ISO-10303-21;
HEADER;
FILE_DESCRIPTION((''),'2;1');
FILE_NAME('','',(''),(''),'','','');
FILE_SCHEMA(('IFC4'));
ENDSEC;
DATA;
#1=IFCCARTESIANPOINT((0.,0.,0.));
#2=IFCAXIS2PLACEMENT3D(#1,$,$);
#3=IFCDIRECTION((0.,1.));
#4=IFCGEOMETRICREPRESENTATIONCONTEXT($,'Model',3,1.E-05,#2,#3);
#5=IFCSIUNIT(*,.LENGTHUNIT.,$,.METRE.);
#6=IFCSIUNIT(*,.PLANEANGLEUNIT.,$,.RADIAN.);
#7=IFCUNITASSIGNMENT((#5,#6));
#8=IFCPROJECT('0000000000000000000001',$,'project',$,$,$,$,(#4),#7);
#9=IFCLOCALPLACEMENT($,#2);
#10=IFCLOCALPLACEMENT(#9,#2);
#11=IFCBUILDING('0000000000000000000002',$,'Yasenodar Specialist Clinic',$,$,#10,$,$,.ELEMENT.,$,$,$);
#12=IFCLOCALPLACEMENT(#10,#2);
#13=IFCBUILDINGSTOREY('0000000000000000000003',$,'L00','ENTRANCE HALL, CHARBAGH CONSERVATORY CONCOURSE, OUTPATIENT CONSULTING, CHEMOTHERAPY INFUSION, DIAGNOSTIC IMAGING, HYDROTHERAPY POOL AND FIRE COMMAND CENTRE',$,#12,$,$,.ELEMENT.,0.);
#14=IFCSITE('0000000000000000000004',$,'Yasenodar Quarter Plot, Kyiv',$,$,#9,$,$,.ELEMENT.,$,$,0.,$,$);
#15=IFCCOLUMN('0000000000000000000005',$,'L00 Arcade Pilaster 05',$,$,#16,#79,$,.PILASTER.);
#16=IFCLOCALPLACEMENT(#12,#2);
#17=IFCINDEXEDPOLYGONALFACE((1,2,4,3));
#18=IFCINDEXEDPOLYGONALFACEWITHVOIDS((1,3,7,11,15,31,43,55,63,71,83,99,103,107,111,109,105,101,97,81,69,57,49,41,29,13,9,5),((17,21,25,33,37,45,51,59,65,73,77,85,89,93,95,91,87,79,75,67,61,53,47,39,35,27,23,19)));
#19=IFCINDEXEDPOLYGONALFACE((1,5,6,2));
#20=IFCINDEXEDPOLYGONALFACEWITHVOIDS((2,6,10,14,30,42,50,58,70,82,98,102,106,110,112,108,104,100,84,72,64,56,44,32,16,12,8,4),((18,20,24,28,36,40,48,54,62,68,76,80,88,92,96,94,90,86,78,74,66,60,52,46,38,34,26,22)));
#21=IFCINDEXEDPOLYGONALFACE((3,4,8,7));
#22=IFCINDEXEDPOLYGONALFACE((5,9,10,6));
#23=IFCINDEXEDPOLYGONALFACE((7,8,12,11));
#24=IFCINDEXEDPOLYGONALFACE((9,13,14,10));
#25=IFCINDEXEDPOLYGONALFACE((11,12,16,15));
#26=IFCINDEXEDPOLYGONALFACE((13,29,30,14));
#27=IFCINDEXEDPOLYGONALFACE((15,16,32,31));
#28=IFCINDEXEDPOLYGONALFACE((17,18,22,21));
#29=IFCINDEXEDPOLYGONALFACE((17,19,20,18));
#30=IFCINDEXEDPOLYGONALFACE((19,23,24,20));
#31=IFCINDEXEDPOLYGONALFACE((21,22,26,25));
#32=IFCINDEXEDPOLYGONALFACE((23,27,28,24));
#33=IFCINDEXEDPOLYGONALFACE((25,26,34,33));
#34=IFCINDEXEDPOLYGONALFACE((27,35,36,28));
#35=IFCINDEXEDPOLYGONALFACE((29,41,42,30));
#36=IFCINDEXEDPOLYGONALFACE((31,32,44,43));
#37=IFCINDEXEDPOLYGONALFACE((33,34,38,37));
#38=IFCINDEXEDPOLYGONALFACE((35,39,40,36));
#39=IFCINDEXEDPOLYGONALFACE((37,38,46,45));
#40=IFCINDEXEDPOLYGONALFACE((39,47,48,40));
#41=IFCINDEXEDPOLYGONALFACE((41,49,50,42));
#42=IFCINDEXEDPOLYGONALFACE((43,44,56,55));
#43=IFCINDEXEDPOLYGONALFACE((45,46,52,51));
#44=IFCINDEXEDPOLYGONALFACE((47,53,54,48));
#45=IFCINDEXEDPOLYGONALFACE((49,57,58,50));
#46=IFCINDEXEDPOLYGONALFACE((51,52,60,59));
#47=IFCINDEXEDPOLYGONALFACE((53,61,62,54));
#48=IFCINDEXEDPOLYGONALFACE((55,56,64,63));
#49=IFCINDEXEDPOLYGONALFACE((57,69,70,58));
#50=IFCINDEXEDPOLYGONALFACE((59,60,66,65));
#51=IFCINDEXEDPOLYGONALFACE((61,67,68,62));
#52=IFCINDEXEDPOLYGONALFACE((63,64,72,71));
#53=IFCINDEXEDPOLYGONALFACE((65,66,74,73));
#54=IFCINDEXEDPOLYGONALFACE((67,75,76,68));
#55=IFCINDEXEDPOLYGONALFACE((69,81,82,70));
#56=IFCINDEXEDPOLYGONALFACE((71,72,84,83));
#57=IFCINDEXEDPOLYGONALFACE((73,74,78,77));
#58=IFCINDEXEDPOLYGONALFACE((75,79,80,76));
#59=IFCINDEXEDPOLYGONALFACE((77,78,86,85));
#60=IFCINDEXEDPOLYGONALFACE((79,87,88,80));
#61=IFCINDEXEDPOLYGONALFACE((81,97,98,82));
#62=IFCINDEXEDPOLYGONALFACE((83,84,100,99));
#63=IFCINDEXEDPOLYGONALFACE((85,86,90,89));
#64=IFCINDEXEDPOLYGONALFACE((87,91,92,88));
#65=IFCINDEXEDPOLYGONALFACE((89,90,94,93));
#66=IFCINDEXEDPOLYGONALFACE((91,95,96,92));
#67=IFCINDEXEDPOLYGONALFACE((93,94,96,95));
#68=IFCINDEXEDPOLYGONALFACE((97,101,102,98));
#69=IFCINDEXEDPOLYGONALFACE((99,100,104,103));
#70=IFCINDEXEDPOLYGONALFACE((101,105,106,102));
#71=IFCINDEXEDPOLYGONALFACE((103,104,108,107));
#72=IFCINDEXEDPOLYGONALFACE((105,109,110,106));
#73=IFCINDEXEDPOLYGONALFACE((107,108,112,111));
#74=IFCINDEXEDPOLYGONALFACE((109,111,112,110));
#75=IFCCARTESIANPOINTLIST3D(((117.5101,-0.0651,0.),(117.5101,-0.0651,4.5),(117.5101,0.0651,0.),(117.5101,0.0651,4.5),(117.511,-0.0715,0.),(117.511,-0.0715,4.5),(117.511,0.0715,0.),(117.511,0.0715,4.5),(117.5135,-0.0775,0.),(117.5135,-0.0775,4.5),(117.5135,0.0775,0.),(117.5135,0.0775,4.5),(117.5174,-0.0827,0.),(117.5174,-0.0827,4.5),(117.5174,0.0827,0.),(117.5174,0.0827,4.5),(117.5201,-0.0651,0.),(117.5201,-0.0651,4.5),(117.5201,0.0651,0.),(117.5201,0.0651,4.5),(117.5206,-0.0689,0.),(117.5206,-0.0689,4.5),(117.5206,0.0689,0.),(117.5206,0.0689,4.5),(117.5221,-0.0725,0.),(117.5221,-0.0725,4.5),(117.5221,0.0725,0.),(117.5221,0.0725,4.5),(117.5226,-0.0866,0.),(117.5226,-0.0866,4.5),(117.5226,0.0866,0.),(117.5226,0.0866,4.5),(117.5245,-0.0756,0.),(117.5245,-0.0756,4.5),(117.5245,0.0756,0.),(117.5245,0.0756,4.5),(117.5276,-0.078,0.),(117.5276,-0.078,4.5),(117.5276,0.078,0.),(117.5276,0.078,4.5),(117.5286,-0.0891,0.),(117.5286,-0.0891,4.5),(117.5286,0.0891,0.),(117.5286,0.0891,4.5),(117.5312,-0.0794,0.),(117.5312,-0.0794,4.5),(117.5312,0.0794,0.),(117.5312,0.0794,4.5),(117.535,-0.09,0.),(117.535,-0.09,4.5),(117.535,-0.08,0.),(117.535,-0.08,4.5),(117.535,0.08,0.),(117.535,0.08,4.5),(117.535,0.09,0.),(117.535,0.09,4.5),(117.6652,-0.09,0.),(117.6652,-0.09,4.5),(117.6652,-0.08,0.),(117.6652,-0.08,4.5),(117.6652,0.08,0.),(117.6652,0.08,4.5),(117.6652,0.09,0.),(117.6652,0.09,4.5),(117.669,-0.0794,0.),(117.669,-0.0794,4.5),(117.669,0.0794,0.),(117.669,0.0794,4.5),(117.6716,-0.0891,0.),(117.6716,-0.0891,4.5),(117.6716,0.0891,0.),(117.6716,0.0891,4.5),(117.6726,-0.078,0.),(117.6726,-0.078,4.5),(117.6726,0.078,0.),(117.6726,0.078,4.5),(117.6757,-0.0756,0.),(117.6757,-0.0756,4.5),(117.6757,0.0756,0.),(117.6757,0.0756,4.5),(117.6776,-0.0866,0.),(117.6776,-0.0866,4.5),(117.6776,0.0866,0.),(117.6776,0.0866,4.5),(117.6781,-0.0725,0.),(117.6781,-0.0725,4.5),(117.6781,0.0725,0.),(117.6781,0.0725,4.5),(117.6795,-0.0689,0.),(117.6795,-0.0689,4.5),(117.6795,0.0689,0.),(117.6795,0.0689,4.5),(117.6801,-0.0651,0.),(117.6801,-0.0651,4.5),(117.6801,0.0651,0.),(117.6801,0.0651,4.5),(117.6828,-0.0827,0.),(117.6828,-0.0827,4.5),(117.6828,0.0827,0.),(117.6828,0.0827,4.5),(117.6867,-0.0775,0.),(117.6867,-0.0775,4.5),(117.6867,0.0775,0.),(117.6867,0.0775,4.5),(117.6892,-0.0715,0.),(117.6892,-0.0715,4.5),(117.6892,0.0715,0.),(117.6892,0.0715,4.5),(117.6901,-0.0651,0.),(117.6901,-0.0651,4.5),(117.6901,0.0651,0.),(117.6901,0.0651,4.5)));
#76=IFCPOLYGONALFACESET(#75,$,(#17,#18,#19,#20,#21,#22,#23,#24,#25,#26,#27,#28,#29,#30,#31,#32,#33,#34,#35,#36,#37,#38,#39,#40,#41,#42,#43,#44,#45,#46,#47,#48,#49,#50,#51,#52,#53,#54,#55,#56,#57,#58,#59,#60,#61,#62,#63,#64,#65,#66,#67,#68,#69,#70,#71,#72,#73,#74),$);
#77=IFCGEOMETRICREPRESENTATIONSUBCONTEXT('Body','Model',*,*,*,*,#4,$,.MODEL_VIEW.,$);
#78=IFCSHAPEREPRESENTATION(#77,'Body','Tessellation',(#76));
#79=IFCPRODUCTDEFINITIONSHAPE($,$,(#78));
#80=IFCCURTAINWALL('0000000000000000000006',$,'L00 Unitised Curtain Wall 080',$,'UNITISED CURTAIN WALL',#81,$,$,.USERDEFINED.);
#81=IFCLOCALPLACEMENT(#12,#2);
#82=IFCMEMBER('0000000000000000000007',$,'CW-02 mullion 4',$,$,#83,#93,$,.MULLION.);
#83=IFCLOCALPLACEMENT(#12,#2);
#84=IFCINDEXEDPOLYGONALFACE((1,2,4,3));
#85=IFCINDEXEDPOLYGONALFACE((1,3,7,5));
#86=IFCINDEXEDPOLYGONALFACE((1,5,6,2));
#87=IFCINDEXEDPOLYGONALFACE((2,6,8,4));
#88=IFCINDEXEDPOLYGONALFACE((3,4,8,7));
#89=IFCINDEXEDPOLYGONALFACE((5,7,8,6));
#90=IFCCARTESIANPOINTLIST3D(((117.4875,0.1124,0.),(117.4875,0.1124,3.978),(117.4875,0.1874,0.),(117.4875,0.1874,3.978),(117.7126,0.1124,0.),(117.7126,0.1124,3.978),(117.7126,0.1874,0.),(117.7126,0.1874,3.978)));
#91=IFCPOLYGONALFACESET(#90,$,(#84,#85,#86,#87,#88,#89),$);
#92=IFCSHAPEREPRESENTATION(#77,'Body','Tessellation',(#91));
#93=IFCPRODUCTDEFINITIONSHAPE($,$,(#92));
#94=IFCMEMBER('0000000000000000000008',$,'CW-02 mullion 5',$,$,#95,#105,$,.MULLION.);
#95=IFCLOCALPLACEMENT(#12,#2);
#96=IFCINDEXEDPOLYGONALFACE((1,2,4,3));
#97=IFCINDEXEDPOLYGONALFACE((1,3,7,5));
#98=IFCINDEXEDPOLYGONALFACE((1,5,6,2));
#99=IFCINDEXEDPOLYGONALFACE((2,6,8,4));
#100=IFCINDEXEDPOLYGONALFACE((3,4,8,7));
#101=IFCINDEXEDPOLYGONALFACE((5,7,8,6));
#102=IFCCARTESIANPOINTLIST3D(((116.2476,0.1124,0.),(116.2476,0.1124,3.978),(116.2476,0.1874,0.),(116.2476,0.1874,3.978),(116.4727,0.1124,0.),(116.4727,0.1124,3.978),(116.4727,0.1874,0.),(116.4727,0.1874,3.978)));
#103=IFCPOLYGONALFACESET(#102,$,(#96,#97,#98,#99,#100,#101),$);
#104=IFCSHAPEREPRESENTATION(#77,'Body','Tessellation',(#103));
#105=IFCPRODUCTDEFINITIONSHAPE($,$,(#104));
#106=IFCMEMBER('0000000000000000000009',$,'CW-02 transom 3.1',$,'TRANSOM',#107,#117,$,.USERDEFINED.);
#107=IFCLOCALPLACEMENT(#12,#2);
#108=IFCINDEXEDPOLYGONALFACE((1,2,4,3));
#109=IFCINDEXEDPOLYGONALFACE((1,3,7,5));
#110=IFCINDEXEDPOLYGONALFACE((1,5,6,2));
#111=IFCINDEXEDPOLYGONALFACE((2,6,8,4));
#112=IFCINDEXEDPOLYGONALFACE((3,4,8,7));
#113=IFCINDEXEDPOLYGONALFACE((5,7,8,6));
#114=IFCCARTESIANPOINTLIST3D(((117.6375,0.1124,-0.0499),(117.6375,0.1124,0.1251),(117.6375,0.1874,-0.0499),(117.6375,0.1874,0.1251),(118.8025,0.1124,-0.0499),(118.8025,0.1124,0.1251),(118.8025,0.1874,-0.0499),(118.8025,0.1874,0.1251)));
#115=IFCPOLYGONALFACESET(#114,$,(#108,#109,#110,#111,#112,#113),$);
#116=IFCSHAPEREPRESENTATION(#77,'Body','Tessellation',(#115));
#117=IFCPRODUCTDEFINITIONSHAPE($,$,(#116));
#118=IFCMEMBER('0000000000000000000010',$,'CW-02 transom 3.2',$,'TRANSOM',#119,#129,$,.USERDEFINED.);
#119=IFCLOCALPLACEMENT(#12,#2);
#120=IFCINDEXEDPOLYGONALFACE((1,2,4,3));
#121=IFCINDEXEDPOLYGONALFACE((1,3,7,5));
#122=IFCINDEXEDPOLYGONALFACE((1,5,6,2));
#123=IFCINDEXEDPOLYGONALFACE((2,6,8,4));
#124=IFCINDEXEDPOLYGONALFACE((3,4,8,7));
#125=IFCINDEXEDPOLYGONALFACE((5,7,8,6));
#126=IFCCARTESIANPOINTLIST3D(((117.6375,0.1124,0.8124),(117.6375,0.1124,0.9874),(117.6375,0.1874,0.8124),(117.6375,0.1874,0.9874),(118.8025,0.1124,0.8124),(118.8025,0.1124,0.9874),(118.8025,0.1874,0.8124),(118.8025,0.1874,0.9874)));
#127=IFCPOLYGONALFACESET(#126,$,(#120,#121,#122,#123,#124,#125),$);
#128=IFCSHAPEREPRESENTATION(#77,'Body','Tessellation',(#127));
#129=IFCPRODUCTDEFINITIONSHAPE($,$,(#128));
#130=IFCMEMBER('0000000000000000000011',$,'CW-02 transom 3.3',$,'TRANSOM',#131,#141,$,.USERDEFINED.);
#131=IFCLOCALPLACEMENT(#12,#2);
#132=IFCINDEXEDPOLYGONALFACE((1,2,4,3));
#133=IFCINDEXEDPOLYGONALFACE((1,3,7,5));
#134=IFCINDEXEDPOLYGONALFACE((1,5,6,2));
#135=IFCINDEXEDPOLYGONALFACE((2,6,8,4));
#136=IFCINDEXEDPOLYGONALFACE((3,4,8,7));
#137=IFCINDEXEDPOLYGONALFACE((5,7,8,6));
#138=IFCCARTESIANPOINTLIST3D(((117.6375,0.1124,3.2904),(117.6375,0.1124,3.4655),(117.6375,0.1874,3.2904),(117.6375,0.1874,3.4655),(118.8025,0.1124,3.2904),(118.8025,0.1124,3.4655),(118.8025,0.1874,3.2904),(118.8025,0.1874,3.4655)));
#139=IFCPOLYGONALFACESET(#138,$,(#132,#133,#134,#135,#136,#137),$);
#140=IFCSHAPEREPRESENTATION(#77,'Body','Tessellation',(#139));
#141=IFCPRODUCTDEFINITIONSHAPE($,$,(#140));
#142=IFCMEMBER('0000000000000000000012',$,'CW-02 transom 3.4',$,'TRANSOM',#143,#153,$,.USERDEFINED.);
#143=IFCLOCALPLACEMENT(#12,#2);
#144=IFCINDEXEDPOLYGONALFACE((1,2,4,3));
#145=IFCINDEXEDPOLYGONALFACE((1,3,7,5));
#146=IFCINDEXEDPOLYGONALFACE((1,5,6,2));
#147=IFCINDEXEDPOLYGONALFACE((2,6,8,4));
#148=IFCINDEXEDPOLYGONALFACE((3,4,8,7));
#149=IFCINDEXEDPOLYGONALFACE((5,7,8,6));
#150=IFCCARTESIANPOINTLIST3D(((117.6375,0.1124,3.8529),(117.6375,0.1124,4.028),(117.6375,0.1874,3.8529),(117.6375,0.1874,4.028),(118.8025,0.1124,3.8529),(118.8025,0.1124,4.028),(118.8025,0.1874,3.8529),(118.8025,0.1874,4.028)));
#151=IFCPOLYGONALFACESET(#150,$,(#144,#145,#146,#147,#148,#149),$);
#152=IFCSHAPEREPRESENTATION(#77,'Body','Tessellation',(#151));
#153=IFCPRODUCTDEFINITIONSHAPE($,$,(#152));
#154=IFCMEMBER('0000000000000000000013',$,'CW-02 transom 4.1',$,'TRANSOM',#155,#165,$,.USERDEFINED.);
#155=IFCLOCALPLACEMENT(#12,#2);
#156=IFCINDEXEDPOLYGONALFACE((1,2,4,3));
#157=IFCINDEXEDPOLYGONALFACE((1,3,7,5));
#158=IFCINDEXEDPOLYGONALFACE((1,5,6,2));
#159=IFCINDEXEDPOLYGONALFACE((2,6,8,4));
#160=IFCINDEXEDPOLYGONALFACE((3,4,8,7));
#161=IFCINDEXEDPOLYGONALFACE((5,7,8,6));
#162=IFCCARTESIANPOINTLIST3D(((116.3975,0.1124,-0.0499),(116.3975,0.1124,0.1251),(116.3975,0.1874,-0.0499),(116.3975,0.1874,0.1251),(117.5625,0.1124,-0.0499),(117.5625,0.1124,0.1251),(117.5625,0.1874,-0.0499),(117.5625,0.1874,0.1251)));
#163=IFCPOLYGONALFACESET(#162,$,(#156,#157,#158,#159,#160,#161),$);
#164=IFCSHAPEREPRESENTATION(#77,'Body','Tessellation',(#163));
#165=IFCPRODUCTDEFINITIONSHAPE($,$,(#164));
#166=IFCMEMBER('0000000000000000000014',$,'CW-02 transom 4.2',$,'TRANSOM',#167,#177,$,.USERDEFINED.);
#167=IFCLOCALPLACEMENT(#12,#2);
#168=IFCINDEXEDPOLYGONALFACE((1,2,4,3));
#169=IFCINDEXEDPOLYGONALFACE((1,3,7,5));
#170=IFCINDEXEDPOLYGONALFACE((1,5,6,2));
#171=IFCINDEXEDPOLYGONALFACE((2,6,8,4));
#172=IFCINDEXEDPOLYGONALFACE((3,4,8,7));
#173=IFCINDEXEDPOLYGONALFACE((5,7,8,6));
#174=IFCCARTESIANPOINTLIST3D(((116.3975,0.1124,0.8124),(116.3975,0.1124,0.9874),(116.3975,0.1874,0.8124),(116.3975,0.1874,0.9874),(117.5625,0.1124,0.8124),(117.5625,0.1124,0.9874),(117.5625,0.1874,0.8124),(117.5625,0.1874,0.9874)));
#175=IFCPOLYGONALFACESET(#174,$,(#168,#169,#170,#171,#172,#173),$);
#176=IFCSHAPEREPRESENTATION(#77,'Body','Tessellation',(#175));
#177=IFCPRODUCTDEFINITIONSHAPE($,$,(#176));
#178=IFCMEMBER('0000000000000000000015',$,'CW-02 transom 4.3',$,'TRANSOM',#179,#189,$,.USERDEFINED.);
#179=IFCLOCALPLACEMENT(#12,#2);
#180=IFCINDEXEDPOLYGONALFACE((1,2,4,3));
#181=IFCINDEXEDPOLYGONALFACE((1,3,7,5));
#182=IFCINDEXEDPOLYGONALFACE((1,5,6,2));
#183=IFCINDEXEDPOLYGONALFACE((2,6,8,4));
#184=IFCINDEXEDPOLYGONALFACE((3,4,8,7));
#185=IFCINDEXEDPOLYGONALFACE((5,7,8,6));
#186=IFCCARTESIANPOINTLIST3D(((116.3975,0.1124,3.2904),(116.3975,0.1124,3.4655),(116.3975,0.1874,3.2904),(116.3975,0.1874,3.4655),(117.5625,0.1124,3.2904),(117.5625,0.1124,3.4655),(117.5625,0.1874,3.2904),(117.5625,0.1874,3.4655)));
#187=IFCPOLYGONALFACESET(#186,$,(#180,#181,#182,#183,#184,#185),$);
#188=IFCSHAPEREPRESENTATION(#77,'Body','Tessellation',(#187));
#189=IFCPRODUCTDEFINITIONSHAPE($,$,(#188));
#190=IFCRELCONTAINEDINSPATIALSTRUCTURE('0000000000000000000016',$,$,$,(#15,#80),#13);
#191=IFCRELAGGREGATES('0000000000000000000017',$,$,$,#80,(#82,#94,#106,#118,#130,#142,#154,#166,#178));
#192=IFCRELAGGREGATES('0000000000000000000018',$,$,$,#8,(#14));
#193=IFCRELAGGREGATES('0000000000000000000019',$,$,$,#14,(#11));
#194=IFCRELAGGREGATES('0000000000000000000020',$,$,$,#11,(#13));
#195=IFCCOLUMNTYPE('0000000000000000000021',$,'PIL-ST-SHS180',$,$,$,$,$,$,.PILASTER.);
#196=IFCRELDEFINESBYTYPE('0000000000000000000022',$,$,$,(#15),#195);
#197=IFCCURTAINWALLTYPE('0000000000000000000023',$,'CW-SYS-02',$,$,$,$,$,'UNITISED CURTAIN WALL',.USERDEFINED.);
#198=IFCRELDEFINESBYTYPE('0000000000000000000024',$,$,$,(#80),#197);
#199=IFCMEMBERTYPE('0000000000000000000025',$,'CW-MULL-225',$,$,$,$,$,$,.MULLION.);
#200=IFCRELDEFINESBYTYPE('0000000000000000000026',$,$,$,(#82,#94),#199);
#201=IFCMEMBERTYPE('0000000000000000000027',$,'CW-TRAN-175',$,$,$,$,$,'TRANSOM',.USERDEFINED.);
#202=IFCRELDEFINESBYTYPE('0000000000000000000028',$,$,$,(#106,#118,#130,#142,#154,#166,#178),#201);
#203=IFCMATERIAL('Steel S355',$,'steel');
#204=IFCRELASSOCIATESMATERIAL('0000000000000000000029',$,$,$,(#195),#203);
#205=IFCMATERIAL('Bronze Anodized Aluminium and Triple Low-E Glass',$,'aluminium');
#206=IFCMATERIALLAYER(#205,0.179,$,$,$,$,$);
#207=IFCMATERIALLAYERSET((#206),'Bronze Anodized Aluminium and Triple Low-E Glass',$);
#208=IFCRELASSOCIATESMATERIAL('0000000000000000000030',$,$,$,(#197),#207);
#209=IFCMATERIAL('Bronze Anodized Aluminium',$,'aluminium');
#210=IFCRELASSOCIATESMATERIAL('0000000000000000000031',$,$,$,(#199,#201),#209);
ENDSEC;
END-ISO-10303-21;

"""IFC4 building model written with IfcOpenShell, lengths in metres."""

from ifc_helpers import new_model, si_unit, direction, frame, origin, origin_2d, place, context, subcontext, project, spatial, rectangle, hollow_rectangle, extrude, material, layer, layer_set, material_profile, profile_set, type_object, element, aggregate, save


model = new_model("IFC4")

# Units and contexts
model_context = context("Model", 3, precision=1e-05, world=origin(), true_north=direction((0.0, 1.0)))
body_context = subcontext(model_context, "Body", "Model", "MODEL_VIEW")
ifc_project = project(units=[si_unit("LENGTHUNIT", "METRE"), si_unit("PLANEANGLEUNIT", "RADIAN")], contexts=[model_context])

# Site, building, storey
site_placement = place(None, origin())
site = spatial("IfcSite", under=ifc_project, at=site_placement, Name="Yasenodar Quarter Plot, Kyiv", CompositionType="ELEMENT", RefElevation=0.0)
building_placement = place(site_placement, origin())
building = spatial("IfcBuilding", under=site, at=building_placement, Name="Yasenodar Specialist Clinic", CompositionType="ELEMENT")
storey_placement = place(building_placement, origin())
storey = spatial("IfcBuildingStorey", under=building, at=storey_placement, Name="L00", Description="ENTRANCE HALL, CHARBAGH CONSERVATORY CONCOURSE, OUTPATIENT CONSULTING, CHEMOTHERAPY INFUSION, DIAGNOSTIC IMAGING, HYDROTHERAPY POOL AND FIRE COMMAND CENTRE", CompositionType="ELEMENT", Elevation=0.0)

# Column
ifc_material_1 = material(Name="Steel S355", Category="steel")
ifc_material_profile_1 = material_profile(ifc_material_1, hollow_rectangle(XDim=0.1799, YDim=0.1799, WallThickness=0.01, InnerFilletRadius=0.0149, OuterFilletRadius=0.0249, at=origin_2d()), Name="SHS 180x180x10")
ifc_profile_set_1 = profile_set([ifc_material_profile_1], Name="Steel S355")
column_type = type_object("IfcColumnType", Name="PIL-ST-SHS180", PredefinedType="PILASTER", material=ifc_profile_set_1)
column_placement = place(storey_placement, frame((117.6001, 0.0, 0.0), z_axis=(0.0, 0.0, 1.0), x_axis=(1.0, 0.0, 0.0)))
element("IfcColumn", 1, at=column_placement, inside=storey, type_object=column_type, Name="L00 Arcade Pilaster 05", PredefinedType="PILASTER", context=body_context, shape_type="SweptSolid", body=[
    extrude(hollow_rectangle(XDim=0.1799, YDim=0.1799, WallThickness=0.01, InnerFilletRadius=0.0149, OuterFilletRadius=0.0249, at=origin_2d()), origin(), (0.0, 0.0, 1.0), 4.5),
])

# Curtain wall, members
ifc_material_2 = material(Name="Bronze Anodized Aluminium and Triple Low-E Glass", Category="aluminium")
ifc_layer_1 = layer(ifc_material_2, 0.179)
ifc_layer_set_1 = layer_set([ifc_layer_1], Name="Bronze Anodized Aluminium and Triple Low-E Glass")
curtain_wall_type = type_object("IfcCurtainWallType", Name="CW-SYS-02", ElementType="UNITISED CURTAIN WALL", PredefinedType="USERDEFINED", material=ifc_layer_set_1)
curtain_wall_placement = place(storey_placement, origin())
curtain_wall = element("IfcCurtainWall", 2, at=curtain_wall_placement, inside=storey, type_object=curtain_wall_type, Name="L00 Unitised Curtain Wall 080", ObjectType="UNITISED CURTAIN WALL", PredefinedType="USERDEFINED")
ifc_material_3 = material(Name="Bronze Anodized Aluminium", Category="aluminium")
ifc_material_profile_2 = material_profile(ifc_material_3, rectangle(XDim=0.075, YDim=0.2251, at=origin_2d()), Name="CW-MULL 75x225")
ifc_profile_set_2 = profile_set([ifc_material_profile_2], Name="Bronze Anodized Aluminium")
member_type_1 = type_object("IfcMemberType", Name="CW-MULL-225", PredefinedType="MULLION", material=ifc_profile_set_2)
member_1_placement = place(storey_placement, frame((117.6001, 0.1499, 0.0), z_axis=(0.0, 0.0, 1.0), x_axis=(0.0, -1.0, 0.0)))
member_1 = element("IfcMember", 3, at=member_1_placement, type_object=member_type_1, Name="CW-02 mullion 4", PredefinedType="MULLION", context=body_context, shape_type="SweptSolid", body=[
    extrude(rectangle(XDim=0.075, YDim=0.2251, at=origin_2d()), origin(), (0.0, 0.0, 1.0), 3.978),
])
member_2_placement = place(storey_placement, frame((116.3601, 0.1499, 0.0), z_axis=(0.0, 0.0, 1.0), x_axis=(0.0, -1.0, 0.0)))
member_2 = element("IfcMember", 4, at=member_2_placement, type_object=member_type_1, Name="CW-02 mullion 5", PredefinedType="MULLION", context=body_context, shape_type="SweptSolid", body=[
    extrude(rectangle(XDim=0.075, YDim=0.2251, at=origin_2d()), origin(), (0.0, 0.0, 1.0), 3.978),
])
ifc_material_profile_3 = material_profile(ifc_material_3, rectangle(XDim=0.075, YDim=0.175, at=origin_2d()), Name="CW-TRAN 75x175")
ifc_profile_set_3 = profile_set([ifc_material_profile_3], Name="Bronze Anodized Aluminium")
member_type_2 = type_object("IfcMemberType", Name="CW-TRAN-175", ElementType="TRANSOM", PredefinedType="USERDEFINED", material=ifc_profile_set_3)
member_3_placement = place(storey_placement, frame((118.8025, 0.1499, 0.0376), z_axis=(-1.0, 0.0, 0.0), x_axis=(0.0, -1.0, 0.0)))
member_3 = element("IfcMember", 5, at=member_3_placement, type_object=member_type_2, Name="CW-02 transom 3.1", ObjectType="TRANSOM", PredefinedType="USERDEFINED", context=body_context, shape_type="SweptSolid", body=[
    extrude(rectangle(XDim=0.075, YDim=0.175, at=origin_2d()), origin(), (0.0, 0.0, 1.0), 1.165),
])
member_4_placement = place(storey_placement, frame((118.8025, 0.1499, 0.8999), z_axis=(-1.0, 0.0, 0.0), x_axis=(0.0, -1.0, 0.0)))
member_4 = element("IfcMember", 6, at=member_4_placement, type_object=member_type_2, Name="CW-02 transom 3.2", ObjectType="TRANSOM", PredefinedType="USERDEFINED", context=body_context, shape_type="SweptSolid", body=[
    extrude(rectangle(XDim=0.075, YDim=0.175, at=origin_2d()), origin(), (0.0, 0.0, 1.0), 1.165),
])
member_5_placement = place(storey_placement, frame((118.8025, 0.1499, 3.3779), z_axis=(-1.0, 0.0, 0.0), x_axis=(0.0, -1.0, 0.0)))
member_5 = element("IfcMember", 7, at=member_5_placement, type_object=member_type_2, Name="CW-02 transom 3.3", ObjectType="TRANSOM", PredefinedType="USERDEFINED", context=body_context, shape_type="SweptSolid", body=[
    extrude(rectangle(XDim=0.075, YDim=0.175, at=origin_2d()), origin(), (0.0, 0.0, 1.0), 1.165),
])
member_6_placement = place(storey_placement, frame((118.8025, 0.1499, 3.9404), z_axis=(-1.0, 0.0, 0.0), x_axis=(0.0, -1.0, 0.0)))
member_6 = element("IfcMember", 8, at=member_6_placement, type_object=member_type_2, Name="CW-02 transom 3.4", ObjectType="TRANSOM", PredefinedType="USERDEFINED", context=body_context, shape_type="SweptSolid", body=[
    extrude(rectangle(XDim=0.075, YDim=0.175, at=origin_2d()), origin(), (0.0, 0.0, 1.0), 1.165),
])
member_7_placement = place(storey_placement, frame((117.5625, 0.1499, 0.0376), z_axis=(-1.0, 0.0, 0.0), x_axis=(0.0, -1.0, 0.0)))
member_7 = element("IfcMember", 9, at=member_7_placement, type_object=member_type_2, Name="CW-02 transom 4.1", ObjectType="TRANSOM", PredefinedType="USERDEFINED", context=body_context, shape_type="SweptSolid", body=[
    extrude(rectangle(XDim=0.075, YDim=0.175, at=origin_2d()), origin(), (0.0, 0.0, 1.0), 1.165),
])
member_8_placement = place(storey_placement, frame((117.5625, 0.1499, 0.8999), z_axis=(-1.0, 0.0, 0.0), x_axis=(0.0, -1.0, 0.0)))
member_8 = element("IfcMember", 10, at=member_8_placement, type_object=member_type_2, Name="CW-02 transom 4.2", ObjectType="TRANSOM", PredefinedType="USERDEFINED", context=body_context, shape_type="SweptSolid", body=[
    extrude(rectangle(XDim=0.075, YDim=0.175, at=origin_2d()), origin(), (0.0, 0.0, 1.0), 1.165),
])
member_9_placement = place(storey_placement, frame((117.5625, 0.1499, 3.3779), z_axis=(-1.0, 0.0, 0.0), x_axis=(0.0, -1.0, 0.0)))
member_9 = element("IfcMember", 11, at=member_9_placement, type_object=member_type_2, Name="CW-02 transom 4.3", ObjectType="TRANSOM", PredefinedType="USERDEFINED", context=body_context, shape_type="SweptSolid", body=[
    extrude(rectangle(XDim=0.075, YDim=0.175, at=origin_2d()), origin(), (0.0, 0.0, 1.0), 1.165),
])

aggregate(curtain_wall, [member_1, member_2, member_3, member_4, member_5, member_6, member_7, member_8, member_9])

save(model, "model.ifc")
